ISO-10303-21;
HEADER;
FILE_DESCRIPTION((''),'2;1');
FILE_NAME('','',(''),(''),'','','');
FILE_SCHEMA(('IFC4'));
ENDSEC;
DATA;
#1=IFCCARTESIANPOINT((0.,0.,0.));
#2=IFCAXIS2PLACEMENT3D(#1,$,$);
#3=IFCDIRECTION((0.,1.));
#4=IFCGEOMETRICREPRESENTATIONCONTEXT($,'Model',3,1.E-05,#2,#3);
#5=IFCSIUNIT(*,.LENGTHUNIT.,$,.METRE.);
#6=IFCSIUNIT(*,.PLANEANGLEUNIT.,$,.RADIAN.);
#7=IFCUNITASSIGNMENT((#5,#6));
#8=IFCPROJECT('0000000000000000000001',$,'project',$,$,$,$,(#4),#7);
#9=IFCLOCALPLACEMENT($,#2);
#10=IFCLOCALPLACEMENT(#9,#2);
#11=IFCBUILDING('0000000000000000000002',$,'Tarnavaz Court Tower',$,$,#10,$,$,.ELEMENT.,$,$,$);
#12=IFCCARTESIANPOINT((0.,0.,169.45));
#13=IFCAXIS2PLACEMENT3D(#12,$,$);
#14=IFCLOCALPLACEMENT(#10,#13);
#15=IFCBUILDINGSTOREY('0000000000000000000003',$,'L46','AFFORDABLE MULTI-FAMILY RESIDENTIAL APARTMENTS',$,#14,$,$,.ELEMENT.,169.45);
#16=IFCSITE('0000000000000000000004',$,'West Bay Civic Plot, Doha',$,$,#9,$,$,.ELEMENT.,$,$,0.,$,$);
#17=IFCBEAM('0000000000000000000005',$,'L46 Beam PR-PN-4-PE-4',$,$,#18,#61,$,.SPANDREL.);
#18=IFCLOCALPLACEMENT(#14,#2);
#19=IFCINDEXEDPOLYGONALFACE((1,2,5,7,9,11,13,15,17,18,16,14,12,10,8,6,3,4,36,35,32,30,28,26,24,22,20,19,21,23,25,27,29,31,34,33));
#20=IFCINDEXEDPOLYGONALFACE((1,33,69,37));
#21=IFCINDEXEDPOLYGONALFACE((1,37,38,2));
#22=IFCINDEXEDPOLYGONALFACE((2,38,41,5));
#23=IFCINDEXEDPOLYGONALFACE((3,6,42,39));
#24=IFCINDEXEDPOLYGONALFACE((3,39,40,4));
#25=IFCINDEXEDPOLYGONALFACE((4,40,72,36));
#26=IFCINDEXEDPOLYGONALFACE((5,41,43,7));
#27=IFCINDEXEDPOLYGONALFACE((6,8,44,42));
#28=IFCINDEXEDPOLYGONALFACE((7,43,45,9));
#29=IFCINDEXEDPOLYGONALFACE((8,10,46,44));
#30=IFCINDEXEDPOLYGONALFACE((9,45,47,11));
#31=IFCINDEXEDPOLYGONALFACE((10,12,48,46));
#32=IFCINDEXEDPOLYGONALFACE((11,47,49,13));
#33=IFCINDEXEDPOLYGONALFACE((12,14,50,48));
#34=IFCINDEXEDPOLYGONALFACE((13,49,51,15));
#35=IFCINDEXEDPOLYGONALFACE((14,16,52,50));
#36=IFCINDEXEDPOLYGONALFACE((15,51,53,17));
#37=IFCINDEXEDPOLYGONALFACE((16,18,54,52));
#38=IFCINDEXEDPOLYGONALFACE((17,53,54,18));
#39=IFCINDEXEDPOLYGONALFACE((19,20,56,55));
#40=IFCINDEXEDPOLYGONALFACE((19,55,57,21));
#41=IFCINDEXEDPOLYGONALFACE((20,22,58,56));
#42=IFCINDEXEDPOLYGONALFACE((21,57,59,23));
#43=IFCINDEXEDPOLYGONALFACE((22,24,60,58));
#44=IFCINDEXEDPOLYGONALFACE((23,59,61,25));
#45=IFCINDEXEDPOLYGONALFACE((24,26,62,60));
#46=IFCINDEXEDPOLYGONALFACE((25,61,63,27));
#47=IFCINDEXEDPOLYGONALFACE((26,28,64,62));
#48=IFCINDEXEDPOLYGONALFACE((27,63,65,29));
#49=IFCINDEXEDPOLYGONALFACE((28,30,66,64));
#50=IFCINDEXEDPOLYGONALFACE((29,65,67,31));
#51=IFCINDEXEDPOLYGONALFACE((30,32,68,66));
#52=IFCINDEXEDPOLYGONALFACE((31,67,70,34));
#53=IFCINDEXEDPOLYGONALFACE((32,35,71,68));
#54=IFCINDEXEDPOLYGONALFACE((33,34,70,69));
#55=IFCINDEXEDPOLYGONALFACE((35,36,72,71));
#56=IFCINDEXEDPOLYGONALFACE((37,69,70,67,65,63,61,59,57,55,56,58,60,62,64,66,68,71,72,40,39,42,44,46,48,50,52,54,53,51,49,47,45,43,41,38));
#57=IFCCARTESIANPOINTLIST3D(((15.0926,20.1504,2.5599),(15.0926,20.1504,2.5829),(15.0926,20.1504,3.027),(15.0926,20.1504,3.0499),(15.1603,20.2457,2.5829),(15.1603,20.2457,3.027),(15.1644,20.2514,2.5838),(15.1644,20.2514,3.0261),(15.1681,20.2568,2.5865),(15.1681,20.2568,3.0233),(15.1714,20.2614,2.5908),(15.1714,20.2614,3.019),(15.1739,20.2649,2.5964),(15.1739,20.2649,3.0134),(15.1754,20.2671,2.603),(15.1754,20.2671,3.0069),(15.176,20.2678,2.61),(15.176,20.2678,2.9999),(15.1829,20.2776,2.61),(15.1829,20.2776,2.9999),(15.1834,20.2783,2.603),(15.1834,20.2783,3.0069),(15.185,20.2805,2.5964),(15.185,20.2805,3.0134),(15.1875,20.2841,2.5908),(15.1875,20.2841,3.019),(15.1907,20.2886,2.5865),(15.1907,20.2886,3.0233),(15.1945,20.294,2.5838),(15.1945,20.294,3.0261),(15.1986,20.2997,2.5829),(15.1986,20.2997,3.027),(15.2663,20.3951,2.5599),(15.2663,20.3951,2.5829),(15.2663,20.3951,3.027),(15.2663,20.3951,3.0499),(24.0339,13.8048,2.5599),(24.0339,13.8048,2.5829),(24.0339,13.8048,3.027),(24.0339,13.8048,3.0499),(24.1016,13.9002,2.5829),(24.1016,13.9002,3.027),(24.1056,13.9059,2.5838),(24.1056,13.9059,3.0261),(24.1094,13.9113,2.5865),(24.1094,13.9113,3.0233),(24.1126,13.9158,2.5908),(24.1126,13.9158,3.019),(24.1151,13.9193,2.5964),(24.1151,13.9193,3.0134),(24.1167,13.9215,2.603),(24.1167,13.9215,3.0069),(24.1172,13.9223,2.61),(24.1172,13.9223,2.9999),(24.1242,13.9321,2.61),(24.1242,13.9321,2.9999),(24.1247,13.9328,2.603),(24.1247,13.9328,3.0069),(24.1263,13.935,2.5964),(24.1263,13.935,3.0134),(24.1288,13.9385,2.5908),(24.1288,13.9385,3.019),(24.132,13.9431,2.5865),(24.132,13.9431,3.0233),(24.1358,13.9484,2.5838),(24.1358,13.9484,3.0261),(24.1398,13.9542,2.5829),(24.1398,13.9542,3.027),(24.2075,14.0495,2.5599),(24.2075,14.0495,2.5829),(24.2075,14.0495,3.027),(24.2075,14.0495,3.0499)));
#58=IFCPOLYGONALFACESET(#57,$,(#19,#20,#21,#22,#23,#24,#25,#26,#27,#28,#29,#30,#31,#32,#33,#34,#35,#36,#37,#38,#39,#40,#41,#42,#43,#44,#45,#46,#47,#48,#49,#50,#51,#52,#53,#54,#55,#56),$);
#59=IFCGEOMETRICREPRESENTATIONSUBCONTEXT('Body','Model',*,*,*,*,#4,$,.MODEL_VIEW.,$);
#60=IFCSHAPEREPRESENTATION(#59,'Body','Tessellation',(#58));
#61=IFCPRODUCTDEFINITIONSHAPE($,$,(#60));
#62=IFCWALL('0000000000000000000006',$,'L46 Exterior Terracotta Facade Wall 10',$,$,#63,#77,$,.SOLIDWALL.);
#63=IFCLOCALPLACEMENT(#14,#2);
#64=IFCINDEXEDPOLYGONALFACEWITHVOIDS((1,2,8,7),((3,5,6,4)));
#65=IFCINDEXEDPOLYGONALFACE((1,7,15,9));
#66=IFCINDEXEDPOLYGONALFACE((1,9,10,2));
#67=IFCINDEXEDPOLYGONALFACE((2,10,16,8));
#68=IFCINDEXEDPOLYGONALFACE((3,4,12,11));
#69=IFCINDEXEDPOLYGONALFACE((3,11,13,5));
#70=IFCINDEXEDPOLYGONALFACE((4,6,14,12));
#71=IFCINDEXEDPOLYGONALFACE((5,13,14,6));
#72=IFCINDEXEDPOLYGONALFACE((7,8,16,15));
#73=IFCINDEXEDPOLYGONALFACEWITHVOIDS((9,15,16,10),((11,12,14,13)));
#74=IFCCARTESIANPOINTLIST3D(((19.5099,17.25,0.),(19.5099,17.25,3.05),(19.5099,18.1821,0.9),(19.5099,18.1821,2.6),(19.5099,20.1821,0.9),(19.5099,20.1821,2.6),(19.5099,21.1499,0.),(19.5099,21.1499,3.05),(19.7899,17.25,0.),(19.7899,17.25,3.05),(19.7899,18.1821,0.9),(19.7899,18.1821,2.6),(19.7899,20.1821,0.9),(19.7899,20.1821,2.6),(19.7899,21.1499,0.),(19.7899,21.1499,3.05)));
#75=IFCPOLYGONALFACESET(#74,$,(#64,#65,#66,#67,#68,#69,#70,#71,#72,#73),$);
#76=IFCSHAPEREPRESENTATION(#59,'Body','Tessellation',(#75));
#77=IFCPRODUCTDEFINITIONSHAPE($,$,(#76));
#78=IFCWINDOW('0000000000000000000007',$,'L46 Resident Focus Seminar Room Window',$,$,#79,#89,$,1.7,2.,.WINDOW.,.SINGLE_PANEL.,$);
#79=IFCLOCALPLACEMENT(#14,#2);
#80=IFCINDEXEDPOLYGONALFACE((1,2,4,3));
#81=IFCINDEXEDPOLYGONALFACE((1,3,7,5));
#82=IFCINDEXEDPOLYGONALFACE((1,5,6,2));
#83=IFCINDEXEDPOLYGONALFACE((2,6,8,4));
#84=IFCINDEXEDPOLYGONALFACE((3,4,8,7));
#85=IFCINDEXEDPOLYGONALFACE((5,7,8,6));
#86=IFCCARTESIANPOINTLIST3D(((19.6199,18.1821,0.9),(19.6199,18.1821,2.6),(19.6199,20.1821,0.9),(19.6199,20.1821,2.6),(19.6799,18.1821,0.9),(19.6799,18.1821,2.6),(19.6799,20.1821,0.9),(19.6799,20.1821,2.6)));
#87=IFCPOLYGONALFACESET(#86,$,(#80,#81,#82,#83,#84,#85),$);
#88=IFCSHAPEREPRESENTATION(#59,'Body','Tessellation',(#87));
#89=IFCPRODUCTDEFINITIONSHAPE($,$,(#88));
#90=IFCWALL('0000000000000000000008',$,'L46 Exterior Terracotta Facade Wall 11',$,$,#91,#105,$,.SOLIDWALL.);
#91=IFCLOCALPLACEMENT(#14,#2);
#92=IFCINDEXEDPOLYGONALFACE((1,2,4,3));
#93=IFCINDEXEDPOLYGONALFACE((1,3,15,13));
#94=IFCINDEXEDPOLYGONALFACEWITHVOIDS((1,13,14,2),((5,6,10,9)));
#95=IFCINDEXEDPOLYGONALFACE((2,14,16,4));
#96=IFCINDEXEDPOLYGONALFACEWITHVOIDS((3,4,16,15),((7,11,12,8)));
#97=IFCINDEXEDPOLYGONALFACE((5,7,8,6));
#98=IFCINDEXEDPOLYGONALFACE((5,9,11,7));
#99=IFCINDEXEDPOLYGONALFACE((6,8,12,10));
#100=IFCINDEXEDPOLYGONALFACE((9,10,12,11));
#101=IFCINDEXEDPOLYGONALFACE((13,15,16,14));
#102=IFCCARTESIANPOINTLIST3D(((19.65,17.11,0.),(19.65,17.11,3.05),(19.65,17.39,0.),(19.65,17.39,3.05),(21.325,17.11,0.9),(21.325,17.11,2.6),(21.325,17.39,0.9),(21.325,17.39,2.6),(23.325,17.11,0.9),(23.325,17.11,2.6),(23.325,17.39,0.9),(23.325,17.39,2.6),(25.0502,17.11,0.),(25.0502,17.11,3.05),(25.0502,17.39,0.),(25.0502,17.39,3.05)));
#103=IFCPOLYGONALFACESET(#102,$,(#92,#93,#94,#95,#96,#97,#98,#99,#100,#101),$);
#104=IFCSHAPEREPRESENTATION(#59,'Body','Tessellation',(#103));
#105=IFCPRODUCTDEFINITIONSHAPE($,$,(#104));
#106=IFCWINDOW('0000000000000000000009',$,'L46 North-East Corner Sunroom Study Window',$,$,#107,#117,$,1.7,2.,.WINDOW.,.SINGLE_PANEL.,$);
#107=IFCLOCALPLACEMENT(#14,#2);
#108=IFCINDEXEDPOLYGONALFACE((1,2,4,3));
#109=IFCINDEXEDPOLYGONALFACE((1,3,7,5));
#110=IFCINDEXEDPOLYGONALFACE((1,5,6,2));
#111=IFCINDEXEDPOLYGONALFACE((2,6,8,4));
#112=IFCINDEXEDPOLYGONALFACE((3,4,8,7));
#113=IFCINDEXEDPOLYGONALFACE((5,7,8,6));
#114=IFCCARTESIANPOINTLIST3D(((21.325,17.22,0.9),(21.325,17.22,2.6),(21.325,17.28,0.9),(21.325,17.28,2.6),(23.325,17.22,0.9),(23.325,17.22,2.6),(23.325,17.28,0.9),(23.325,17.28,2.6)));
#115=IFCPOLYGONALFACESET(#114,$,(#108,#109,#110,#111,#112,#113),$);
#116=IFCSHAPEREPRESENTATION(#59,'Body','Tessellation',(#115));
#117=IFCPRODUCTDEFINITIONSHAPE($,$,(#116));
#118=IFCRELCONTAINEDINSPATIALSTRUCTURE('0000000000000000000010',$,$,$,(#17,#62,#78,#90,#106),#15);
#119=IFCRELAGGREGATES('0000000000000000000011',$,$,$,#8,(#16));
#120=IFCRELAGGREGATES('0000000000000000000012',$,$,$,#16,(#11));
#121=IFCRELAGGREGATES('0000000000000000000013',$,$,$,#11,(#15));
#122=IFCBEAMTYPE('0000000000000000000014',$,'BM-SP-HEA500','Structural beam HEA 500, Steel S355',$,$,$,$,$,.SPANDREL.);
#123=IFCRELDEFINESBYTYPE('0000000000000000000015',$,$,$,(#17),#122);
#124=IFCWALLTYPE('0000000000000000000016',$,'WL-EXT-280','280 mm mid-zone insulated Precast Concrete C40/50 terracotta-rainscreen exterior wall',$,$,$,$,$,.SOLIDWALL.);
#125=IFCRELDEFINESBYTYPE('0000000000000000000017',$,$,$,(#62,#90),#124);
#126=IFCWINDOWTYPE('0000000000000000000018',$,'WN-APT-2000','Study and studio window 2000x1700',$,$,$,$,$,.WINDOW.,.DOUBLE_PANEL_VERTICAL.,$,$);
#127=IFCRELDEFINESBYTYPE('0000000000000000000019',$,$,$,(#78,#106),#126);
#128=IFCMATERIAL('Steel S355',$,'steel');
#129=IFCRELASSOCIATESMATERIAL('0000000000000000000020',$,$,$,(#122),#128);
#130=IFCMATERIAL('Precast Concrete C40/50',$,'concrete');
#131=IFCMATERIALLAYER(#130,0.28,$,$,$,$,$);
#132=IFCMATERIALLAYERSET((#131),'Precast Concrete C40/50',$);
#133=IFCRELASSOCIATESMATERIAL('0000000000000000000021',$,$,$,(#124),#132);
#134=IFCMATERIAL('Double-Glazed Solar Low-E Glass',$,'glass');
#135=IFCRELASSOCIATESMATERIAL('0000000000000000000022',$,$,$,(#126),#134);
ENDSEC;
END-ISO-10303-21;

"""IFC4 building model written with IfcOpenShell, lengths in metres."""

from ifc_helpers import new_model, si_unit, direction, frame, frame_2d, origin, origin_2d, place, context, subcontext, project, spatial, rectangle, i_section, extrude, material, layer, layer_set, material_profile, profile_set, type_object, element, fill, save


model = new_model("IFC4")

# Units and contexts
model_context = context("Model", 3, precision=1e-05, world=origin(), true_north=direction((0.0, 1.0)))
body_context = subcontext(model_context, "Body", "Model", "MODEL_VIEW")
ifc_project = project(units=[si_unit("LENGTHUNIT", "METRE"), si_unit("PLANEANGLEUNIT", "RADIAN")], contexts=[model_context])

# Site, building, storey
site_placement = place(None, origin())
site = spatial("IfcSite", under=ifc_project, at=site_placement, Name="West Bay Civic Plot, Doha", CompositionType="ELEMENT", RefElevation=0.0)
building_placement = place(site_placement, origin())
building = spatial("IfcBuilding", under=site, at=building_placement, Name="Tarnavaz Court Tower", CompositionType="ELEMENT")
storey_placement = place(building_placement, frame((0.0, 0.0, 169.45)))
storey = spatial("IfcBuildingStorey", under=building, at=storey_placement, Name="L46", Description="AFFORDABLE MULTI-FAMILY RESIDENTIAL APARTMENTS", CompositionType="ELEMENT", Elevation=169.45)

# Beam
ifc_material_1 = material(Name="Steel S355", Category="steel")
ifc_material_profile_1 = material_profile(ifc_material_1, i_section(OverallWidth=0.3, OverallDepth=0.49, WebThickness=0.012, FlangeThickness=0.0229, FilletRadius=0.0271, at=origin_2d()), Name="HEA 500")
ifc_profile_set_1 = profile_set([ifc_material_profile_1], Name="Steel S355")
beam_type_1 = type_object("IfcBeamType", Name="BM-SP-HEA500", Description="Structural beam HEA 500, Steel S355", PredefinedType="SPANDREL", material=ifc_profile_set_1)
beam_1_placement = place(storey_placement, frame((15.1794, 20.2727, 2.8049), z_axis=(0.815502, -0.578754, 0.0), x_axis=(0.578754, 0.815502, 0.0)))
element("IfcBeam", 1, at=beam_1_placement, inside=storey, type_object=beam_type_1, Name="L46 Beam PR-PN-4-PE-4", PredefinedType="SPANDREL", context=body_context, shape_type="SweptSolid", body=[
    extrude(i_section(OverallWidth=0.3, OverallDepth=0.49, WebThickness=0.012, FlangeThickness=0.0229, FilletRadius=0.0271, at=origin_2d()), origin(), (0.0, 0.0, 1.0), 10.9641),
])

# Walls, openings, windows
ifc_material_2 = material(Name="Precast Concrete C40/50", Category="concrete")
ifc_layer_1 = layer(ifc_material_2, 0.28)
ifc_layer_set_1 = layer_set([ifc_layer_1], Name="Precast Concrete C40/50")
wall_type_1 = type_object("IfcWallType", Name="WL-EXT-280", Description="280 mm mid-zone insulated Precast Concrete C40/50 terracotta-rainscreen exterior wall", PredefinedType="SOLIDWALL", material=ifc_layer_set_1)
wall_1_placement = place(storey_placement, frame((19.6499, 21.1499, 0.0), z_axis=(0.0, 0.0, 1.0), x_axis=(0.0, -1.0, 0.0)))
wall_1 = element("IfcWall", 2, at=wall_1_placement, inside=storey, type_object=wall_type_1, Name="L46 Exterior Terracotta Facade Wall 10", PredefinedType="SOLIDWALL", context=body_context, shape_type="SweptSolid", body=[
    extrude(rectangle(XDim=3.8999, YDim=0.28, at=frame_2d((1.95, 0.0))), origin(), (0.0, 0.0, 1.0), 3.05),
])
opening_1_placement = place(wall_1_placement, frame((0.9678, 0.0, 0.8999)))
opening_1 = element("IfcOpeningElement", 3, at=opening_1_placement, cuts=wall_1, PredefinedType="OPENING", context=body_context, shape_type="SweptSolid", body=[
    extrude(rectangle(XDim=2.0, YDim=1.7, at=frame_2d((1.0, 0.8501))), frame((0.0, 0.1499, 0.0), z_axis=(0.0, -1.0, 0.0), x_axis=(1.0, 0.0, 0.0)), (0.0, 0.0, 1.0), 0.3),
])
ifc_material_3 = material(Name="Double-Glazed Solar Low-E Glass", Category="glass")
window_type_1 = type_object("IfcWindowType", Name="WN-APT-2000", Description="Study and studio window 2000x1700", PartitioningType="DOUBLE_PANEL_VERTICAL", PredefinedType="WINDOW", material=ifc_material_3)
window_1_placement = place(opening_1_placement, origin())
window_1 = element("IfcWindow", 4, at=window_1_placement, inside=storey, type_object=window_type_1, Name="L46 Resident Focus Seminar Room Window", OverallHeight=1.7, OverallWidth=2.0, PartitioningType="SINGLE_PANEL", PredefinedType="WINDOW", context=body_context, shape_type="SweptSolid", body=[
    extrude(rectangle(XDim=2.0, YDim=1.7, at=frame_2d((1.0, 0.8501))), frame((0.0, 0.03, 0.0), z_axis=(0.0, -1.0, 0.0), x_axis=(1.0, 0.0, 0.0)), (0.0, 0.0, 1.0), 0.0601),
])
fill(opening_1, window_1)
wall_2_placement = place(storey_placement, frame((19.6499, 17.25, 0.0), z_axis=(0.0, 0.0, 1.0), x_axis=(1.0, 0.0, 0.0)))
wall_2 = element("IfcWall", 5, at=wall_2_placement, inside=storey, type_object=wall_type_1, Name="L46 Exterior Terracotta Facade Wall 11", PredefinedType="SOLIDWALL", context=body_context, shape_type="SweptSolid", body=[
    extrude(rectangle(XDim=5.4001, YDim=0.28, at=frame_2d((2.7002, 0.0))), origin(), (0.0, 0.0, 1.0), 3.05),
])
opening_2_placement = place(wall_2_placement, frame((1.675, 0.0, 0.8999)))
opening_2 = element("IfcOpeningElement", 6, at=opening_2_placement, cuts=wall_2, PredefinedType="OPENING", context=body_context, shape_type="SweptSolid", body=[
    extrude(rectangle(XDim=2.0, YDim=1.7, at=frame_2d((1.0, 0.8501))), frame((0.0, 0.1499, 0.0), z_axis=(0.0, -1.0, 0.0), x_axis=(1.0, 0.0, 0.0)), (0.0, 0.0, 1.0), 0.3),
])
window_2_placement = place(opening_2_placement, origin())
window_2 = element("IfcWindow", 7, at=window_2_placement, inside=storey, type_object=window_type_1, Name="L46 North-East Corner Sunroom Study Window", OverallHeight=1.7, OverallWidth=2.0, PartitioningType="SINGLE_PANEL", PredefinedType="WINDOW", context=body_context, shape_type="SweptSolid", body=[
    extrude(rectangle(XDim=2.0, YDim=1.7, at=frame_2d((1.0, 0.8501))), frame((0.0, 0.03, 0.0), z_axis=(0.0, -1.0, 0.0), x_axis=(1.0, 0.0, 0.0)), (0.0, 0.0, 1.0), 0.0601),
])
fill(opening_2, window_2)

save(model, "model.ifc")
